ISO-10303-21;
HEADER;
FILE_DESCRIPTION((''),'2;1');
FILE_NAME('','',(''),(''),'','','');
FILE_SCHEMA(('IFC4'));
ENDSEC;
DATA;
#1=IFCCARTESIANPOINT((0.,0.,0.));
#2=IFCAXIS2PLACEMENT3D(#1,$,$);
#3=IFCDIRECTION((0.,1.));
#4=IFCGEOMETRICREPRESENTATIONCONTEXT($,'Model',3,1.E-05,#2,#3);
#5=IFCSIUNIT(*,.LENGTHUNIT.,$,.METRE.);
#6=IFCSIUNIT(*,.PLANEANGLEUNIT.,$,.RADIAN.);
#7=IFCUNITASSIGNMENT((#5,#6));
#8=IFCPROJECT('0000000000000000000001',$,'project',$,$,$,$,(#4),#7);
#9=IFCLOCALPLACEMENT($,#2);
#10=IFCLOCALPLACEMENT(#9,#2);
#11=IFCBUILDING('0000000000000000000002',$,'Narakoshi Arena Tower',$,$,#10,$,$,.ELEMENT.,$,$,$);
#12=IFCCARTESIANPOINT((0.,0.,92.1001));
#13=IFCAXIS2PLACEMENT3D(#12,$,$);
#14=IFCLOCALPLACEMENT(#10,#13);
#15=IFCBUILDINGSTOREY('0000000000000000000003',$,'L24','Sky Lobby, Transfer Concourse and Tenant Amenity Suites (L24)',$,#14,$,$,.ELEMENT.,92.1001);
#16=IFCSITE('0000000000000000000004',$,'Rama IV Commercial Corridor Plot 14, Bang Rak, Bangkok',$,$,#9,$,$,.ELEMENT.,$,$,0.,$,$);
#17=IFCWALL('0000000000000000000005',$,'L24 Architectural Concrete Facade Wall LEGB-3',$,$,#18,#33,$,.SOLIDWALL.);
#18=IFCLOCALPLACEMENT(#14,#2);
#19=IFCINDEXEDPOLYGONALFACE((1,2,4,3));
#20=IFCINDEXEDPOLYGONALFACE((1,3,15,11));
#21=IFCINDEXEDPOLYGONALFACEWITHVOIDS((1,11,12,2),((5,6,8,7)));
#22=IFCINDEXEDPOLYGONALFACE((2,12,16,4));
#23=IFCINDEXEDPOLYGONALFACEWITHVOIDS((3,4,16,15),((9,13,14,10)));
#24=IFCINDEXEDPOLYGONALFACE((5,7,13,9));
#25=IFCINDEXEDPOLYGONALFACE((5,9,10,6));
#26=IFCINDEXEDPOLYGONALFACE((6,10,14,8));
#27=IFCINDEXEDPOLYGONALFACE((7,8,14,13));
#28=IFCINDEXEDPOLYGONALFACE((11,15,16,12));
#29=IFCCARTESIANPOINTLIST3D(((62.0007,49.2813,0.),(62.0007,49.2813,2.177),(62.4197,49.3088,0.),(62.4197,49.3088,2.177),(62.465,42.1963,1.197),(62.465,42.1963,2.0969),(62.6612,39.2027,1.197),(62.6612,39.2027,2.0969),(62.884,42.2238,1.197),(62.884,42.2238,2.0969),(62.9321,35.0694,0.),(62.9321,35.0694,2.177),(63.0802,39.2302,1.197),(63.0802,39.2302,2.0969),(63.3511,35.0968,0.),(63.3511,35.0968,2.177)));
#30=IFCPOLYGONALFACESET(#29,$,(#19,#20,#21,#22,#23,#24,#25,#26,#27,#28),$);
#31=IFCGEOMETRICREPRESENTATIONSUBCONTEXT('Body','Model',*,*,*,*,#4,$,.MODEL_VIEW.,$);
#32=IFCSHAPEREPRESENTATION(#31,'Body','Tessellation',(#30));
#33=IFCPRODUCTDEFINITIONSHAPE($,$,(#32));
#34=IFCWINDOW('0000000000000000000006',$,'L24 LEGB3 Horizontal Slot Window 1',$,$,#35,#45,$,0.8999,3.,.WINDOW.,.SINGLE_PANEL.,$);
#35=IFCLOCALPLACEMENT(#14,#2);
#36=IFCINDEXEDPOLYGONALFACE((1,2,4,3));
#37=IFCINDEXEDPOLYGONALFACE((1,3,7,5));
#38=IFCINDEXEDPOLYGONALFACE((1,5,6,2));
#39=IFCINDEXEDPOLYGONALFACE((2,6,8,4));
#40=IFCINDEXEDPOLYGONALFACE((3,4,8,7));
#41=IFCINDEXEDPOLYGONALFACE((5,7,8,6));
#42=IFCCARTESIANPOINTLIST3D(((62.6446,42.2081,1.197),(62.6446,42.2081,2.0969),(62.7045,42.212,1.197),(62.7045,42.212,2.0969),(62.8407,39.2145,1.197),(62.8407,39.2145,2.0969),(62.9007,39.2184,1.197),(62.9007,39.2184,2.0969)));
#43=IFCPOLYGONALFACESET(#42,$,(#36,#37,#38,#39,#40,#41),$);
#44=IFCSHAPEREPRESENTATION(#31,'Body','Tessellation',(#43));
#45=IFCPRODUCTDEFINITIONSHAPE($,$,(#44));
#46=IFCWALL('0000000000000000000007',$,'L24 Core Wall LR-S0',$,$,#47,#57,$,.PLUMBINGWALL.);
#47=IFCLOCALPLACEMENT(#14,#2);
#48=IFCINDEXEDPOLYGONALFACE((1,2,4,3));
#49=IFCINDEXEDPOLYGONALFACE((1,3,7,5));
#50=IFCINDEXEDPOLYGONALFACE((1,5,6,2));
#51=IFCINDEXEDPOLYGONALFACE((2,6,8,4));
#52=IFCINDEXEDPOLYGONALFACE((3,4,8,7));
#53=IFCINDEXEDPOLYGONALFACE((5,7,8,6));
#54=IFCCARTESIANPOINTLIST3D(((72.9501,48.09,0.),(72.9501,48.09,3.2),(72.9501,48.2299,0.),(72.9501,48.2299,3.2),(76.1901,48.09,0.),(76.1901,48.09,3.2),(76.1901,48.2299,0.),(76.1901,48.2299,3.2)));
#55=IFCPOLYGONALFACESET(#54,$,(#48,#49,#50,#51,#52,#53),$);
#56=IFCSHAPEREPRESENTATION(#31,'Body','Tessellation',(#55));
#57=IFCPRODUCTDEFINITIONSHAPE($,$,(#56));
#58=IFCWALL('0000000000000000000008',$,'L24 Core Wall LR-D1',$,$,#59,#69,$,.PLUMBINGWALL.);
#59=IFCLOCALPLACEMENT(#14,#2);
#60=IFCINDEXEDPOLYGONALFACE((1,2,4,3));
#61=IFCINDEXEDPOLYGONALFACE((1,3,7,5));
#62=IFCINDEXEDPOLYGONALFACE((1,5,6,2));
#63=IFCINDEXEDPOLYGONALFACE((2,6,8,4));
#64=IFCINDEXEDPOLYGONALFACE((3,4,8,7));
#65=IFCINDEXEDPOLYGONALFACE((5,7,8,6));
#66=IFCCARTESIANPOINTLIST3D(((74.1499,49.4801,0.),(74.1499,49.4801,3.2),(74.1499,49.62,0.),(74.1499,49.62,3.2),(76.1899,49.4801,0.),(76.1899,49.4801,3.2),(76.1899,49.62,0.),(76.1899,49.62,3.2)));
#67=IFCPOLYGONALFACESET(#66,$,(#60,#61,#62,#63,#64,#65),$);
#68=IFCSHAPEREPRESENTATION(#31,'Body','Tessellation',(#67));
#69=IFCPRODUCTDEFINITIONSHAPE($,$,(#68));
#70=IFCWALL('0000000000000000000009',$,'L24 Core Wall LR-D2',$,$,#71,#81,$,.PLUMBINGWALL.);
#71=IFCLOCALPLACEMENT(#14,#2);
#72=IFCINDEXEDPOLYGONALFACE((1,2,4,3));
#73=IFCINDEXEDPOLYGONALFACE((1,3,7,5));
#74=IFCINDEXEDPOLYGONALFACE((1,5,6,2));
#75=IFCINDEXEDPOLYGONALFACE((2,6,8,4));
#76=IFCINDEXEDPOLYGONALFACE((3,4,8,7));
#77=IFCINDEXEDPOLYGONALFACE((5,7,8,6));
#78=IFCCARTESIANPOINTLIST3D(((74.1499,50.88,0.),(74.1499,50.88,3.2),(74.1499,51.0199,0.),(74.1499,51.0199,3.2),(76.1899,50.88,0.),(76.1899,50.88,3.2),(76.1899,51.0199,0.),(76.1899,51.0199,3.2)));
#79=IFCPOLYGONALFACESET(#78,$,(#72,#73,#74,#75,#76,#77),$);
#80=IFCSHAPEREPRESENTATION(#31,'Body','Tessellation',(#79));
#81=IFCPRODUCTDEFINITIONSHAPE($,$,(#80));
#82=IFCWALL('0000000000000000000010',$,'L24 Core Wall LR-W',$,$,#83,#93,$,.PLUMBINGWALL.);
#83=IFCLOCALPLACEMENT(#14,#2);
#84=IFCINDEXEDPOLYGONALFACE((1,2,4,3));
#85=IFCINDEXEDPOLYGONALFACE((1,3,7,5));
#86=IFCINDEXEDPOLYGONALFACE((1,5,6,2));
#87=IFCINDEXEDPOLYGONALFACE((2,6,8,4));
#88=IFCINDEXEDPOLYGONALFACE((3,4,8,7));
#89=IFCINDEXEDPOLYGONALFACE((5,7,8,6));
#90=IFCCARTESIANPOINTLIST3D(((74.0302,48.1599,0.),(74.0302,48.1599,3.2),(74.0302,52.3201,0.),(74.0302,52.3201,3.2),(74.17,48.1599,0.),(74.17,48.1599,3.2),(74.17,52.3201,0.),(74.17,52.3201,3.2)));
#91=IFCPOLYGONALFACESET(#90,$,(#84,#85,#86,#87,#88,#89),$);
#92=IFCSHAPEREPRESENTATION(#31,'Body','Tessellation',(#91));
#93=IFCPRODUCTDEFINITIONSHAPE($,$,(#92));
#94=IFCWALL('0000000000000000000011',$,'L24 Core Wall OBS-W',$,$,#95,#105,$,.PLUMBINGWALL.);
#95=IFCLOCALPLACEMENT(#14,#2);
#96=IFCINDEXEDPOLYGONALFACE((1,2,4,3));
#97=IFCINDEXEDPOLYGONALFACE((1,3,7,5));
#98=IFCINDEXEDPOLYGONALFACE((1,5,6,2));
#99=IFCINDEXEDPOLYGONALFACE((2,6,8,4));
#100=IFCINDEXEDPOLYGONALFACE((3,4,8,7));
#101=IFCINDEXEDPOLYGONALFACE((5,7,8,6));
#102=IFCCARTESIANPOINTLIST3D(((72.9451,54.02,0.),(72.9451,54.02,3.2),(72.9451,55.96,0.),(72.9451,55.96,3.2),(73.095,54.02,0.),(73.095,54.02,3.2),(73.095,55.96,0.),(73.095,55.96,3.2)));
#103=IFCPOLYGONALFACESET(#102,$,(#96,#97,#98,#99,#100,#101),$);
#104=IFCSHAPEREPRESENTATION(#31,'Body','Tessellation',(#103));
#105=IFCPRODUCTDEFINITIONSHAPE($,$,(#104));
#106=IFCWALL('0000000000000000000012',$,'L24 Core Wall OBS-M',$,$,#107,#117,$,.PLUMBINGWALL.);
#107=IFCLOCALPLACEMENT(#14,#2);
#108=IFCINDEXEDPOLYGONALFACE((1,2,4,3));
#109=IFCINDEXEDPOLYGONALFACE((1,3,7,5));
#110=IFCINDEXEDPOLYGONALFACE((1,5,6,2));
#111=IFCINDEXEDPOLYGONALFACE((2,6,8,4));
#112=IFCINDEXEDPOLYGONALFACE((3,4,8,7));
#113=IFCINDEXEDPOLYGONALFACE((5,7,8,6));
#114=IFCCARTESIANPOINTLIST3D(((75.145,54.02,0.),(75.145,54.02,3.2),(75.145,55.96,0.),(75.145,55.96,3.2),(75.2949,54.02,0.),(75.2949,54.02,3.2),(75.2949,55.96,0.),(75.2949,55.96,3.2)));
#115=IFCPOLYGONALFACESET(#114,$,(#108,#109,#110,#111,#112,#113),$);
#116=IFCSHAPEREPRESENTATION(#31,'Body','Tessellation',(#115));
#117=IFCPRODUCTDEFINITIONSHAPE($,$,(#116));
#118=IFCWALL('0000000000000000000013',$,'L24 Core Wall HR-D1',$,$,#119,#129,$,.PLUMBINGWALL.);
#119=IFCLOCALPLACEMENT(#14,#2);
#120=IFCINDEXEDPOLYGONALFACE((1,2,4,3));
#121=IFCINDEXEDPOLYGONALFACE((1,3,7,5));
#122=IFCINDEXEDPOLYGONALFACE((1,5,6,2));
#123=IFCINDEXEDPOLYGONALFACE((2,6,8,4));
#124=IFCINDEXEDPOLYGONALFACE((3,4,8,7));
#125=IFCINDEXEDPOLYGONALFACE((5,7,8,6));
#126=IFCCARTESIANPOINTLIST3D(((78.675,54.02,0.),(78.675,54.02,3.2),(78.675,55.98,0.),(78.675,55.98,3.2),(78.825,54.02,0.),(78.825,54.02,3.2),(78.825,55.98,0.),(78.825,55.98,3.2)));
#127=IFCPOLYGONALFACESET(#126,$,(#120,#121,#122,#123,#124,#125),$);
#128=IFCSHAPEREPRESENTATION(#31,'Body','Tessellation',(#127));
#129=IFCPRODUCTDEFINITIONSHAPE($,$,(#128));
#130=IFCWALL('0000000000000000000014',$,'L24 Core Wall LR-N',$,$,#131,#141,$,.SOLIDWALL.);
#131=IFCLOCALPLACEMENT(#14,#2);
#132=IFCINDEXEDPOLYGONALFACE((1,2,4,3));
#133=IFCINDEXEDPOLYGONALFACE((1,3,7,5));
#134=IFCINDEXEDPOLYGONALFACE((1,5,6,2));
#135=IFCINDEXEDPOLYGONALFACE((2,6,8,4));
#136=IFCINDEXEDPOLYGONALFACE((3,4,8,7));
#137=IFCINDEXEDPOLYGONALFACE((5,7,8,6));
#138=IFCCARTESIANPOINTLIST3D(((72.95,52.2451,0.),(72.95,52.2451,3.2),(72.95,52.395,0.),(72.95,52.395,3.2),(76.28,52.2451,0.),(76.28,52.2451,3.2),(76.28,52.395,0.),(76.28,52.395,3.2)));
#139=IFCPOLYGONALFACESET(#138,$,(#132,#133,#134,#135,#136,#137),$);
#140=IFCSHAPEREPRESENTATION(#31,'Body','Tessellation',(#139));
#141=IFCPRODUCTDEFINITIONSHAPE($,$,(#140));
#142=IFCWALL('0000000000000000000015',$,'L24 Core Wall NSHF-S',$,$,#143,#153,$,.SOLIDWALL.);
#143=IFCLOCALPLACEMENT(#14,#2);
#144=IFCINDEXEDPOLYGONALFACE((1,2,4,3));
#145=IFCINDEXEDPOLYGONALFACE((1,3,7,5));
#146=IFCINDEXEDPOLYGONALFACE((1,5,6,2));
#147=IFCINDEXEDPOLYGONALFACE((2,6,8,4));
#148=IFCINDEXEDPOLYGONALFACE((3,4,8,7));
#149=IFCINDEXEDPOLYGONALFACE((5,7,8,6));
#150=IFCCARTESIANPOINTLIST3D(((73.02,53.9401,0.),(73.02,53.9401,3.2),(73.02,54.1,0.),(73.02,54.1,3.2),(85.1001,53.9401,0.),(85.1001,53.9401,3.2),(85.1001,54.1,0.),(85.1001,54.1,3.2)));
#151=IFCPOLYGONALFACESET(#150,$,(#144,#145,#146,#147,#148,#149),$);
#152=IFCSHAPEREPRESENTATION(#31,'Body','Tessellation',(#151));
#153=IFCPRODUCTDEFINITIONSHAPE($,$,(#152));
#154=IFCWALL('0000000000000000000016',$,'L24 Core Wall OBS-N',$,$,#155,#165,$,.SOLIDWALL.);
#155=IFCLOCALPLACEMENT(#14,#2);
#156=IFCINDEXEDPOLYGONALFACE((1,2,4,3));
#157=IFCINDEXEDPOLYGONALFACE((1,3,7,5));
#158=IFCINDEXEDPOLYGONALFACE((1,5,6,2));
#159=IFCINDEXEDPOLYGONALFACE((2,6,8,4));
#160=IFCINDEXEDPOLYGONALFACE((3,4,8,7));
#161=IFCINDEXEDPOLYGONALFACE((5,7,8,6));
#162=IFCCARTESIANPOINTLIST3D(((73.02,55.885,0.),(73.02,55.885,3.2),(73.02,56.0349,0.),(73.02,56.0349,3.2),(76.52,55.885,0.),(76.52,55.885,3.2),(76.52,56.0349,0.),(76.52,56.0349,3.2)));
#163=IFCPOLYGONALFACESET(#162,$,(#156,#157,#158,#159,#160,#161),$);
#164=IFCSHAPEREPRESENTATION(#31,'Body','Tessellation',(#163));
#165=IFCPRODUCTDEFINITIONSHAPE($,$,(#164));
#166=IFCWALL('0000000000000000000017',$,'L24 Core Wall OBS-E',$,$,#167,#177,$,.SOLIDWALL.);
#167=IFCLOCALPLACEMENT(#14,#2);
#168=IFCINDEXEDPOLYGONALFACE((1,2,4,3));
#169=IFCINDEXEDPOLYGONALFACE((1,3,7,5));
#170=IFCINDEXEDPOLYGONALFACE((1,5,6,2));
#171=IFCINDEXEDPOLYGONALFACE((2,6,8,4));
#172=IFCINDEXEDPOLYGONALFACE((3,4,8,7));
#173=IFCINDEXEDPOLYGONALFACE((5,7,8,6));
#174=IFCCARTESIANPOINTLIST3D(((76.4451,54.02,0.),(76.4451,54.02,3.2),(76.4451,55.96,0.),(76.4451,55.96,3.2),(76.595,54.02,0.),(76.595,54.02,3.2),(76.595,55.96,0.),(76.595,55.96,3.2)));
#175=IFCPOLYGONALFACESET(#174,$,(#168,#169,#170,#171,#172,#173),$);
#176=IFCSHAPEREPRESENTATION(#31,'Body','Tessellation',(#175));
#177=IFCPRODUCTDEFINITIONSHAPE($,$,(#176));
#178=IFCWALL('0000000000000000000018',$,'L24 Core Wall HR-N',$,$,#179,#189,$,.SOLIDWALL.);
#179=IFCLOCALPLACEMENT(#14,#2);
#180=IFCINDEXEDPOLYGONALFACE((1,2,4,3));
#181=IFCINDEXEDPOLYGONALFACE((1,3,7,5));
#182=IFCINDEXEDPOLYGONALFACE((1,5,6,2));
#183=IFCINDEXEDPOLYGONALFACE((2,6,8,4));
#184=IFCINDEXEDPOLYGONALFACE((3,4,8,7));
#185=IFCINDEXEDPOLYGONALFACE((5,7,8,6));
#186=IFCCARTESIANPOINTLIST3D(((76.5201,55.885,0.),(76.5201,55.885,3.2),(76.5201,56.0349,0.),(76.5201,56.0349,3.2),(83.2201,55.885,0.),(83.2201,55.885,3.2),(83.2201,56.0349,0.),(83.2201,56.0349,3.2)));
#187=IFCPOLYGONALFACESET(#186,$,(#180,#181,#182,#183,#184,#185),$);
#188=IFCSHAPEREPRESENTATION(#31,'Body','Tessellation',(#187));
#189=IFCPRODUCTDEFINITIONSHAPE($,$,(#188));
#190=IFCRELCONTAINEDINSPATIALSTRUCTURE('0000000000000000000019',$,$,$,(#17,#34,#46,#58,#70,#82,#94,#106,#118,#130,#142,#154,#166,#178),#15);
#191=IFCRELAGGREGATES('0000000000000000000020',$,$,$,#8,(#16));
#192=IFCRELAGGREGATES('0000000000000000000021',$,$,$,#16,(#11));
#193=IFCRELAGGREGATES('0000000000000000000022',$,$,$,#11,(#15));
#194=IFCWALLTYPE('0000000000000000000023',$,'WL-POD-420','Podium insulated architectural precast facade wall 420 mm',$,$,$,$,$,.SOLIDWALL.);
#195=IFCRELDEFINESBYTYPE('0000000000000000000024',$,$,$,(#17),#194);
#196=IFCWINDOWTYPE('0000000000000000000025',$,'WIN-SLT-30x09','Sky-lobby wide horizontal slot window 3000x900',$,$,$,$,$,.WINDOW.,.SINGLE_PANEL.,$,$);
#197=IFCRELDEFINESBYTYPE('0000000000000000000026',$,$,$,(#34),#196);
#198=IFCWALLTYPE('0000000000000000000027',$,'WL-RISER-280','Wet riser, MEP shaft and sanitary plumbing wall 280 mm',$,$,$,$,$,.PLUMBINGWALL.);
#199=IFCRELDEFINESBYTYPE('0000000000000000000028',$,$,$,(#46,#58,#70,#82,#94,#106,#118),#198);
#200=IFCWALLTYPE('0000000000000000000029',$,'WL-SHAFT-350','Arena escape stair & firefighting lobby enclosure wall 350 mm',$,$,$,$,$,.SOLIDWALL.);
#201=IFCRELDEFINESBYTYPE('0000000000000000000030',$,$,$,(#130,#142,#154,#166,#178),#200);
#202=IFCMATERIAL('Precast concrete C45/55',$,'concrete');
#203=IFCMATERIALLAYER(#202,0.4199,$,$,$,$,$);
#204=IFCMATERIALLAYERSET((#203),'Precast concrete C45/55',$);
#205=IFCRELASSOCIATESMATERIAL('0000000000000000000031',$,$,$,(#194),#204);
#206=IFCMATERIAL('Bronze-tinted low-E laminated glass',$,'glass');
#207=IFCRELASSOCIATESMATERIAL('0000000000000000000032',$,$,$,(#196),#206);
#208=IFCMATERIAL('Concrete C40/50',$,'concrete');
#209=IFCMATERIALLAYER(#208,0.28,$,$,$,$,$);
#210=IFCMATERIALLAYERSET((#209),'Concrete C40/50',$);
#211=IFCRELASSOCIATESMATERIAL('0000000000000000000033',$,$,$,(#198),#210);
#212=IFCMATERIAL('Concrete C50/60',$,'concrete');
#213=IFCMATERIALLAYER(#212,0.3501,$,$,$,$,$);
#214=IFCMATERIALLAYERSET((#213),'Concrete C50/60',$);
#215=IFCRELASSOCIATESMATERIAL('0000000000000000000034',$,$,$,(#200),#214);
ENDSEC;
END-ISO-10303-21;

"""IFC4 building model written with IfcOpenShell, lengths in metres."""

from ifc_helpers import new_model, si_unit, direction, frame, frame_2d, origin, place, context, subcontext, project, spatial, rectangle, extrude, material, layer, layer_set, type_object, element, fill, save


model = new_model("IFC4")

# Units and contexts
model_context = context("Model", 3, precision=1e-05, world=origin(), true_north=direction((0.0, 1.0)))
body_context = subcontext(model_context, "Body", "Model", "MODEL_VIEW")
ifc_project = project(units=[si_unit("LENGTHUNIT", "METRE"), si_unit("PLANEANGLEUNIT", "RADIAN")], contexts=[model_context])

# Site, building, storey
site_placement = place(None, origin())
site = spatial("IfcSite", under=ifc_project, at=site_placement, Name="Rama IV Commercial Corridor Plot 14, Bang Rak, Bangkok", CompositionType="ELEMENT", RefElevation=0.0)
building_placement = place(site_placement, origin())
building = spatial("IfcBuilding", under=site, at=building_placement, Name="Narakoshi Arena Tower", CompositionType="ELEMENT")
storey_placement = place(building_placement, frame((0.0, 0.0, 92.1001)))
storey = spatial("IfcBuildingStorey", under=building, at=storey_placement, Name="L24", Description="Sky Lobby, Transfer Concourse and Tenant Amenity Suites (L24)", CompositionType="ELEMENT", Elevation=92.1001)

# Wall, opening, window
ifc_material_1 = material(Name="Precast concrete C45/55", Category="concrete")
ifc_layer_1 = layer(ifc_material_1, 0.4199)
ifc_layer_set_1 = layer_set([ifc_layer_1], Name="Precast concrete C45/55")
wall_type_1 = type_object("IfcWallType", Name="WL-POD-420", Description="Podium insulated architectural precast facade wall 420 mm", PredefinedType="SOLIDWALL", material=ifc_layer_set_1)
wall_1_placement = place(storey_placement, frame((62.2102, 49.2949, 0.0), z_axis=(0.0, 0.0, 1.0), x_axis=(0.065396, -0.997859, 0.0)))
wall_1 = element("IfcWall", 1, at=wall_1_placement, inside=storey, type_object=wall_type_1, Name="L24 Architectural Concrete Facade Wall LEGB-3", PredefinedType="SOLIDWALL", context=body_context, shape_type="SweptSolid", body=[
    extrude(rectangle(XDim=14.2424, YDim=0.4199, at=frame_2d((7.1211, 0.0))), origin(), (0.0, 0.0, 1.0), 2.177),
])
opening_1_placement = place(wall_1_placement, frame((7.1001, 0.0, 1.197)))
opening_1 = element("IfcOpeningElement", 2, at=opening_1_placement, cuts=wall_1, PredefinedType="OPENING", context=body_context, shape_type="SweptSolid", body=[
    extrude(rectangle(XDim=3.0, YDim=0.8999, at=frame_2d((1.5, 0.45))), frame((0.0, 0.22, 0.0), z_axis=(0.0, -1.0, 0.0), x_axis=(1.0, 0.0, 0.0)), (0.0, 0.0, 1.0), 0.4399),
])
ifc_material_2 = material(Name="Bronze-tinted low-E laminated glass", Category="glass")
window_type = type_object("IfcWindowType", Name="WIN-SLT-30x09", Description="Sky-lobby wide horizontal slot window 3000x900", PartitioningType="SINGLE_PANEL", PredefinedType="WINDOW", material=ifc_material_2)
window_placement = place(opening_1_placement, origin())
window = element("IfcWindow", 3, at=window_placement, inside=storey, type_object=window_type, Name="L24 LEGB3 Horizontal Slot Window 1", OverallHeight=0.8999, OverallWidth=3.0, PartitioningType="SINGLE_PANEL", PredefinedType="WINDOW", context=body_context, shape_type="SweptSolid", body=[
    extrude(rectangle(XDim=3.0, YDim=0.8999, at=frame_2d((1.5, 0.45))), frame((0.0, 0.03, 0.0), z_axis=(0.0, -1.0, 0.0), x_axis=(1.0, 0.0, 0.0)), (0.0, 0.0, 1.0), 0.0601),
])
fill(opening_1, window)

# Walls
ifc_material_3 = material(Name="Concrete C40/50", Category="concrete")
ifc_layer_2 = layer(ifc_material_3, 0.28)
ifc_layer_set_2 = layer_set([ifc_layer_2], Name="Concrete C40/50")
wall_type_2 = type_object("IfcWallType", Name="WL-RISER-280", Description="Wet riser, MEP shaft and sanitary plumbing wall 280 mm", PredefinedType="PLUMBINGWALL", material=ifc_layer_set_2)
wall_2_placement = place(storey_placement, frame((72.95, 48.1599, 0.0), z_axis=(0.0, 0.0, 1.0), x_axis=(1.0, 0.0, 0.0)))
element("IfcWall", 4, at=wall_2_placement, inside=storey, type_object=wall_type_2, Name="L24 Core Wall LR-S0", PredefinedType="PLUMBINGWALL", context=body_context, shape_type="SweptSolid", body=[
    extrude(rectangle(XDim=3.24, YDim=0.1399, at=frame_2d((1.6201, 0.0))), origin(), (0.0, 0.0, 1.0), 3.2),
])
for number, where, z_axis, x_axis, name in (
    (5, (74.1499, 49.55, 0.0), (0.0, 0.0, 1.0), (1.0, 0.0, 0.0), "L24 Core Wall LR-D1"),
    (6, (74.1499, 50.95, 0.0), (0.0, 0.0, 1.0), (1.0, 0.0, 0.0), "L24 Core Wall LR-D2"),
):
    element("IfcWall", number, at=place(storey_placement, frame(where, z_axis=z_axis, x_axis=x_axis)), inside=storey, type_object=wall_type_2, Name=name, PredefinedType="PLUMBINGWALL", context=body_context, shape_type="SweptSolid", body=[
        extrude(rectangle(XDim=2.04, YDim=0.1399, at=frame_2d((1.02, 0.0))), origin(), (0.0, 0.0, 1.0), 3.2),
    ])
wall_3_placement = place(storey_placement, frame((74.1001, 48.1599, 0.0), z_axis=(0.0, 0.0, 1.0), x_axis=(0.0, 1.0, 0.0)))
element("IfcWall", 7, at=wall_3_placement, inside=storey, type_object=wall_type_2, Name="L24 Core Wall LR-W", PredefinedType="PLUMBINGWALL", context=body_context, shape_type="SweptSolid", body=[
    extrude(rectangle(XDim=4.1602, YDim=0.1399, at=frame_2d((2.0801, 0.0))), origin(), (0.0, 0.0, 1.0), 3.2),
])
for number, where, z_axis, x_axis, name in (
    (8, (73.02, 54.02, 0.0), (0.0, 0.0, 1.0), (0.0, 1.0, 0.0), "L24 Core Wall OBS-W"),
    (9, (75.22, 54.02, 0.0), (0.0, 0.0, 1.0), (0.0, 1.0, 0.0), "L24 Core Wall OBS-M"),
):
    element("IfcWall", number, at=place(storey_placement, frame(where, z_axis=z_axis, x_axis=x_axis)), inside=storey, type_object=wall_type_2, Name=name, PredefinedType="PLUMBINGWALL", context=body_context, shape_type="SweptSolid", body=[
        extrude(rectangle(XDim=1.9399, YDim=0.1499, at=frame_2d((0.97, 0.0))), origin(), (0.0, 0.0, 1.0), 3.2),
    ])
wall_4_placement = place(storey_placement, frame((78.75, 54.02, 0.0), z_axis=(0.0, 0.0, 1.0), x_axis=(0.0, 1.0, 0.0)))
element("IfcWall", 10, at=wall_4_placement, inside=storey, type_object=wall_type_2, Name="L24 Core Wall HR-D1", PredefinedType="PLUMBINGWALL", context=body_context, shape_type="SweptSolid", body=[
    extrude(rectangle(XDim=1.96, YDim=0.1499, at=frame_2d((0.98, 0.0))), origin(), (0.0, 0.0, 1.0), 3.2),
])
ifc_material_4 = material(Name="Concrete C50/60", Category="concrete")
ifc_layer_3 = layer(ifc_material_4, 0.3501)
ifc_layer_set_3 = layer_set([ifc_layer_3], Name="Concrete C50/60")
wall_type_3 = type_object("IfcWallType", Name="WL-SHAFT-350", Description="Arena escape stair & firefighting lobby enclosure wall 350 mm", PredefinedType="SOLIDWALL", material=ifc_layer_set_3)
wall_5_placement = place(storey_placement, frame((72.95, 52.3201, 0.0), z_axis=(0.0, 0.0, 1.0), x_axis=(1.0, 0.0, 0.0)))
element("IfcWall", 11, at=wall_5_placement, inside=storey, type_object=wall_type_3, Name="L24 Core Wall LR-N", PredefinedType="SOLIDWALL", context=body_context, shape_type="SweptSolid", body=[
    extrude(rectangle(XDim=3.3301, YDim=0.1499, at=frame_2d((1.665, 0.0))), origin(), (0.0, 0.0, 1.0), 3.2),
])
wall_6_placement = place(storey_placement, frame((73.02, 54.02, 0.0), z_axis=(0.0, 0.0, 1.0), x_axis=(1.0, 0.0, 0.0)))
element("IfcWall", 12, at=wall_6_placement, inside=storey, type_object=wall_type_3, Name="L24 Core Wall NSHF-S", PredefinedType="SOLIDWALL", context=body_context, shape_type="SweptSolid", body=[
    extrude(rectangle(XDim=12.0801, YDim=0.1599, at=frame_2d((6.04, 0.0))), origin(), (0.0, 0.0, 1.0), 3.2),
])
wall_7_placement = place(storey_placement, frame((73.02, 55.96, 0.0), z_axis=(0.0, 0.0, 1.0), x_axis=(1.0, 0.0, 0.0)))
element("IfcWall", 13, at=wall_7_placement, inside=storey, type_object=wall_type_3, Name="L24 Core Wall OBS-N", PredefinedType="SOLIDWALL", context=body_context, shape_type="SweptSolid", body=[
    extrude(rectangle(XDim=3.5, YDim=0.1499, at=frame_2d((1.75, 0.0))), origin(), (0.0, 0.0, 1.0), 3.2),
])
wall_8_placement = place(storey_placement, frame((76.52, 54.02, 0.0), z_axis=(0.0, 0.0, 1.0), x_axis=(0.0, 1.0, 0.0)))
element("IfcWall", 14, at=wall_8_placement, inside=storey, type_object=wall_type_3, Name="L24 Core Wall OBS-E", PredefinedType="SOLIDWALL", context=body_context, shape_type="SweptSolid", body=[
    extrude(rectangle(XDim=1.9399, YDim=0.1499, at=frame_2d((0.97, 0.0))), origin(), (0.0, 0.0, 1.0), 3.2),
])
wall_9_placement = place(storey_placement, frame((76.52, 55.96, 0.0), z_axis=(0.0, 0.0, 1.0), x_axis=(1.0, 0.0, 0.0)))
element("IfcWall", 15, at=wall_9_placement, inside=storey, type_object=wall_type_3, Name="L24 Core Wall HR-N", PredefinedType="SOLIDWALL", context=body_context, shape_type="SweptSolid", body=[
    extrude(rectangle(XDim=6.7, YDim=0.1499, at=frame_2d((3.3501, 0.0))), origin(), (0.0, 0.0, 1.0), 3.2),
])

save(model, "model.ifc")
